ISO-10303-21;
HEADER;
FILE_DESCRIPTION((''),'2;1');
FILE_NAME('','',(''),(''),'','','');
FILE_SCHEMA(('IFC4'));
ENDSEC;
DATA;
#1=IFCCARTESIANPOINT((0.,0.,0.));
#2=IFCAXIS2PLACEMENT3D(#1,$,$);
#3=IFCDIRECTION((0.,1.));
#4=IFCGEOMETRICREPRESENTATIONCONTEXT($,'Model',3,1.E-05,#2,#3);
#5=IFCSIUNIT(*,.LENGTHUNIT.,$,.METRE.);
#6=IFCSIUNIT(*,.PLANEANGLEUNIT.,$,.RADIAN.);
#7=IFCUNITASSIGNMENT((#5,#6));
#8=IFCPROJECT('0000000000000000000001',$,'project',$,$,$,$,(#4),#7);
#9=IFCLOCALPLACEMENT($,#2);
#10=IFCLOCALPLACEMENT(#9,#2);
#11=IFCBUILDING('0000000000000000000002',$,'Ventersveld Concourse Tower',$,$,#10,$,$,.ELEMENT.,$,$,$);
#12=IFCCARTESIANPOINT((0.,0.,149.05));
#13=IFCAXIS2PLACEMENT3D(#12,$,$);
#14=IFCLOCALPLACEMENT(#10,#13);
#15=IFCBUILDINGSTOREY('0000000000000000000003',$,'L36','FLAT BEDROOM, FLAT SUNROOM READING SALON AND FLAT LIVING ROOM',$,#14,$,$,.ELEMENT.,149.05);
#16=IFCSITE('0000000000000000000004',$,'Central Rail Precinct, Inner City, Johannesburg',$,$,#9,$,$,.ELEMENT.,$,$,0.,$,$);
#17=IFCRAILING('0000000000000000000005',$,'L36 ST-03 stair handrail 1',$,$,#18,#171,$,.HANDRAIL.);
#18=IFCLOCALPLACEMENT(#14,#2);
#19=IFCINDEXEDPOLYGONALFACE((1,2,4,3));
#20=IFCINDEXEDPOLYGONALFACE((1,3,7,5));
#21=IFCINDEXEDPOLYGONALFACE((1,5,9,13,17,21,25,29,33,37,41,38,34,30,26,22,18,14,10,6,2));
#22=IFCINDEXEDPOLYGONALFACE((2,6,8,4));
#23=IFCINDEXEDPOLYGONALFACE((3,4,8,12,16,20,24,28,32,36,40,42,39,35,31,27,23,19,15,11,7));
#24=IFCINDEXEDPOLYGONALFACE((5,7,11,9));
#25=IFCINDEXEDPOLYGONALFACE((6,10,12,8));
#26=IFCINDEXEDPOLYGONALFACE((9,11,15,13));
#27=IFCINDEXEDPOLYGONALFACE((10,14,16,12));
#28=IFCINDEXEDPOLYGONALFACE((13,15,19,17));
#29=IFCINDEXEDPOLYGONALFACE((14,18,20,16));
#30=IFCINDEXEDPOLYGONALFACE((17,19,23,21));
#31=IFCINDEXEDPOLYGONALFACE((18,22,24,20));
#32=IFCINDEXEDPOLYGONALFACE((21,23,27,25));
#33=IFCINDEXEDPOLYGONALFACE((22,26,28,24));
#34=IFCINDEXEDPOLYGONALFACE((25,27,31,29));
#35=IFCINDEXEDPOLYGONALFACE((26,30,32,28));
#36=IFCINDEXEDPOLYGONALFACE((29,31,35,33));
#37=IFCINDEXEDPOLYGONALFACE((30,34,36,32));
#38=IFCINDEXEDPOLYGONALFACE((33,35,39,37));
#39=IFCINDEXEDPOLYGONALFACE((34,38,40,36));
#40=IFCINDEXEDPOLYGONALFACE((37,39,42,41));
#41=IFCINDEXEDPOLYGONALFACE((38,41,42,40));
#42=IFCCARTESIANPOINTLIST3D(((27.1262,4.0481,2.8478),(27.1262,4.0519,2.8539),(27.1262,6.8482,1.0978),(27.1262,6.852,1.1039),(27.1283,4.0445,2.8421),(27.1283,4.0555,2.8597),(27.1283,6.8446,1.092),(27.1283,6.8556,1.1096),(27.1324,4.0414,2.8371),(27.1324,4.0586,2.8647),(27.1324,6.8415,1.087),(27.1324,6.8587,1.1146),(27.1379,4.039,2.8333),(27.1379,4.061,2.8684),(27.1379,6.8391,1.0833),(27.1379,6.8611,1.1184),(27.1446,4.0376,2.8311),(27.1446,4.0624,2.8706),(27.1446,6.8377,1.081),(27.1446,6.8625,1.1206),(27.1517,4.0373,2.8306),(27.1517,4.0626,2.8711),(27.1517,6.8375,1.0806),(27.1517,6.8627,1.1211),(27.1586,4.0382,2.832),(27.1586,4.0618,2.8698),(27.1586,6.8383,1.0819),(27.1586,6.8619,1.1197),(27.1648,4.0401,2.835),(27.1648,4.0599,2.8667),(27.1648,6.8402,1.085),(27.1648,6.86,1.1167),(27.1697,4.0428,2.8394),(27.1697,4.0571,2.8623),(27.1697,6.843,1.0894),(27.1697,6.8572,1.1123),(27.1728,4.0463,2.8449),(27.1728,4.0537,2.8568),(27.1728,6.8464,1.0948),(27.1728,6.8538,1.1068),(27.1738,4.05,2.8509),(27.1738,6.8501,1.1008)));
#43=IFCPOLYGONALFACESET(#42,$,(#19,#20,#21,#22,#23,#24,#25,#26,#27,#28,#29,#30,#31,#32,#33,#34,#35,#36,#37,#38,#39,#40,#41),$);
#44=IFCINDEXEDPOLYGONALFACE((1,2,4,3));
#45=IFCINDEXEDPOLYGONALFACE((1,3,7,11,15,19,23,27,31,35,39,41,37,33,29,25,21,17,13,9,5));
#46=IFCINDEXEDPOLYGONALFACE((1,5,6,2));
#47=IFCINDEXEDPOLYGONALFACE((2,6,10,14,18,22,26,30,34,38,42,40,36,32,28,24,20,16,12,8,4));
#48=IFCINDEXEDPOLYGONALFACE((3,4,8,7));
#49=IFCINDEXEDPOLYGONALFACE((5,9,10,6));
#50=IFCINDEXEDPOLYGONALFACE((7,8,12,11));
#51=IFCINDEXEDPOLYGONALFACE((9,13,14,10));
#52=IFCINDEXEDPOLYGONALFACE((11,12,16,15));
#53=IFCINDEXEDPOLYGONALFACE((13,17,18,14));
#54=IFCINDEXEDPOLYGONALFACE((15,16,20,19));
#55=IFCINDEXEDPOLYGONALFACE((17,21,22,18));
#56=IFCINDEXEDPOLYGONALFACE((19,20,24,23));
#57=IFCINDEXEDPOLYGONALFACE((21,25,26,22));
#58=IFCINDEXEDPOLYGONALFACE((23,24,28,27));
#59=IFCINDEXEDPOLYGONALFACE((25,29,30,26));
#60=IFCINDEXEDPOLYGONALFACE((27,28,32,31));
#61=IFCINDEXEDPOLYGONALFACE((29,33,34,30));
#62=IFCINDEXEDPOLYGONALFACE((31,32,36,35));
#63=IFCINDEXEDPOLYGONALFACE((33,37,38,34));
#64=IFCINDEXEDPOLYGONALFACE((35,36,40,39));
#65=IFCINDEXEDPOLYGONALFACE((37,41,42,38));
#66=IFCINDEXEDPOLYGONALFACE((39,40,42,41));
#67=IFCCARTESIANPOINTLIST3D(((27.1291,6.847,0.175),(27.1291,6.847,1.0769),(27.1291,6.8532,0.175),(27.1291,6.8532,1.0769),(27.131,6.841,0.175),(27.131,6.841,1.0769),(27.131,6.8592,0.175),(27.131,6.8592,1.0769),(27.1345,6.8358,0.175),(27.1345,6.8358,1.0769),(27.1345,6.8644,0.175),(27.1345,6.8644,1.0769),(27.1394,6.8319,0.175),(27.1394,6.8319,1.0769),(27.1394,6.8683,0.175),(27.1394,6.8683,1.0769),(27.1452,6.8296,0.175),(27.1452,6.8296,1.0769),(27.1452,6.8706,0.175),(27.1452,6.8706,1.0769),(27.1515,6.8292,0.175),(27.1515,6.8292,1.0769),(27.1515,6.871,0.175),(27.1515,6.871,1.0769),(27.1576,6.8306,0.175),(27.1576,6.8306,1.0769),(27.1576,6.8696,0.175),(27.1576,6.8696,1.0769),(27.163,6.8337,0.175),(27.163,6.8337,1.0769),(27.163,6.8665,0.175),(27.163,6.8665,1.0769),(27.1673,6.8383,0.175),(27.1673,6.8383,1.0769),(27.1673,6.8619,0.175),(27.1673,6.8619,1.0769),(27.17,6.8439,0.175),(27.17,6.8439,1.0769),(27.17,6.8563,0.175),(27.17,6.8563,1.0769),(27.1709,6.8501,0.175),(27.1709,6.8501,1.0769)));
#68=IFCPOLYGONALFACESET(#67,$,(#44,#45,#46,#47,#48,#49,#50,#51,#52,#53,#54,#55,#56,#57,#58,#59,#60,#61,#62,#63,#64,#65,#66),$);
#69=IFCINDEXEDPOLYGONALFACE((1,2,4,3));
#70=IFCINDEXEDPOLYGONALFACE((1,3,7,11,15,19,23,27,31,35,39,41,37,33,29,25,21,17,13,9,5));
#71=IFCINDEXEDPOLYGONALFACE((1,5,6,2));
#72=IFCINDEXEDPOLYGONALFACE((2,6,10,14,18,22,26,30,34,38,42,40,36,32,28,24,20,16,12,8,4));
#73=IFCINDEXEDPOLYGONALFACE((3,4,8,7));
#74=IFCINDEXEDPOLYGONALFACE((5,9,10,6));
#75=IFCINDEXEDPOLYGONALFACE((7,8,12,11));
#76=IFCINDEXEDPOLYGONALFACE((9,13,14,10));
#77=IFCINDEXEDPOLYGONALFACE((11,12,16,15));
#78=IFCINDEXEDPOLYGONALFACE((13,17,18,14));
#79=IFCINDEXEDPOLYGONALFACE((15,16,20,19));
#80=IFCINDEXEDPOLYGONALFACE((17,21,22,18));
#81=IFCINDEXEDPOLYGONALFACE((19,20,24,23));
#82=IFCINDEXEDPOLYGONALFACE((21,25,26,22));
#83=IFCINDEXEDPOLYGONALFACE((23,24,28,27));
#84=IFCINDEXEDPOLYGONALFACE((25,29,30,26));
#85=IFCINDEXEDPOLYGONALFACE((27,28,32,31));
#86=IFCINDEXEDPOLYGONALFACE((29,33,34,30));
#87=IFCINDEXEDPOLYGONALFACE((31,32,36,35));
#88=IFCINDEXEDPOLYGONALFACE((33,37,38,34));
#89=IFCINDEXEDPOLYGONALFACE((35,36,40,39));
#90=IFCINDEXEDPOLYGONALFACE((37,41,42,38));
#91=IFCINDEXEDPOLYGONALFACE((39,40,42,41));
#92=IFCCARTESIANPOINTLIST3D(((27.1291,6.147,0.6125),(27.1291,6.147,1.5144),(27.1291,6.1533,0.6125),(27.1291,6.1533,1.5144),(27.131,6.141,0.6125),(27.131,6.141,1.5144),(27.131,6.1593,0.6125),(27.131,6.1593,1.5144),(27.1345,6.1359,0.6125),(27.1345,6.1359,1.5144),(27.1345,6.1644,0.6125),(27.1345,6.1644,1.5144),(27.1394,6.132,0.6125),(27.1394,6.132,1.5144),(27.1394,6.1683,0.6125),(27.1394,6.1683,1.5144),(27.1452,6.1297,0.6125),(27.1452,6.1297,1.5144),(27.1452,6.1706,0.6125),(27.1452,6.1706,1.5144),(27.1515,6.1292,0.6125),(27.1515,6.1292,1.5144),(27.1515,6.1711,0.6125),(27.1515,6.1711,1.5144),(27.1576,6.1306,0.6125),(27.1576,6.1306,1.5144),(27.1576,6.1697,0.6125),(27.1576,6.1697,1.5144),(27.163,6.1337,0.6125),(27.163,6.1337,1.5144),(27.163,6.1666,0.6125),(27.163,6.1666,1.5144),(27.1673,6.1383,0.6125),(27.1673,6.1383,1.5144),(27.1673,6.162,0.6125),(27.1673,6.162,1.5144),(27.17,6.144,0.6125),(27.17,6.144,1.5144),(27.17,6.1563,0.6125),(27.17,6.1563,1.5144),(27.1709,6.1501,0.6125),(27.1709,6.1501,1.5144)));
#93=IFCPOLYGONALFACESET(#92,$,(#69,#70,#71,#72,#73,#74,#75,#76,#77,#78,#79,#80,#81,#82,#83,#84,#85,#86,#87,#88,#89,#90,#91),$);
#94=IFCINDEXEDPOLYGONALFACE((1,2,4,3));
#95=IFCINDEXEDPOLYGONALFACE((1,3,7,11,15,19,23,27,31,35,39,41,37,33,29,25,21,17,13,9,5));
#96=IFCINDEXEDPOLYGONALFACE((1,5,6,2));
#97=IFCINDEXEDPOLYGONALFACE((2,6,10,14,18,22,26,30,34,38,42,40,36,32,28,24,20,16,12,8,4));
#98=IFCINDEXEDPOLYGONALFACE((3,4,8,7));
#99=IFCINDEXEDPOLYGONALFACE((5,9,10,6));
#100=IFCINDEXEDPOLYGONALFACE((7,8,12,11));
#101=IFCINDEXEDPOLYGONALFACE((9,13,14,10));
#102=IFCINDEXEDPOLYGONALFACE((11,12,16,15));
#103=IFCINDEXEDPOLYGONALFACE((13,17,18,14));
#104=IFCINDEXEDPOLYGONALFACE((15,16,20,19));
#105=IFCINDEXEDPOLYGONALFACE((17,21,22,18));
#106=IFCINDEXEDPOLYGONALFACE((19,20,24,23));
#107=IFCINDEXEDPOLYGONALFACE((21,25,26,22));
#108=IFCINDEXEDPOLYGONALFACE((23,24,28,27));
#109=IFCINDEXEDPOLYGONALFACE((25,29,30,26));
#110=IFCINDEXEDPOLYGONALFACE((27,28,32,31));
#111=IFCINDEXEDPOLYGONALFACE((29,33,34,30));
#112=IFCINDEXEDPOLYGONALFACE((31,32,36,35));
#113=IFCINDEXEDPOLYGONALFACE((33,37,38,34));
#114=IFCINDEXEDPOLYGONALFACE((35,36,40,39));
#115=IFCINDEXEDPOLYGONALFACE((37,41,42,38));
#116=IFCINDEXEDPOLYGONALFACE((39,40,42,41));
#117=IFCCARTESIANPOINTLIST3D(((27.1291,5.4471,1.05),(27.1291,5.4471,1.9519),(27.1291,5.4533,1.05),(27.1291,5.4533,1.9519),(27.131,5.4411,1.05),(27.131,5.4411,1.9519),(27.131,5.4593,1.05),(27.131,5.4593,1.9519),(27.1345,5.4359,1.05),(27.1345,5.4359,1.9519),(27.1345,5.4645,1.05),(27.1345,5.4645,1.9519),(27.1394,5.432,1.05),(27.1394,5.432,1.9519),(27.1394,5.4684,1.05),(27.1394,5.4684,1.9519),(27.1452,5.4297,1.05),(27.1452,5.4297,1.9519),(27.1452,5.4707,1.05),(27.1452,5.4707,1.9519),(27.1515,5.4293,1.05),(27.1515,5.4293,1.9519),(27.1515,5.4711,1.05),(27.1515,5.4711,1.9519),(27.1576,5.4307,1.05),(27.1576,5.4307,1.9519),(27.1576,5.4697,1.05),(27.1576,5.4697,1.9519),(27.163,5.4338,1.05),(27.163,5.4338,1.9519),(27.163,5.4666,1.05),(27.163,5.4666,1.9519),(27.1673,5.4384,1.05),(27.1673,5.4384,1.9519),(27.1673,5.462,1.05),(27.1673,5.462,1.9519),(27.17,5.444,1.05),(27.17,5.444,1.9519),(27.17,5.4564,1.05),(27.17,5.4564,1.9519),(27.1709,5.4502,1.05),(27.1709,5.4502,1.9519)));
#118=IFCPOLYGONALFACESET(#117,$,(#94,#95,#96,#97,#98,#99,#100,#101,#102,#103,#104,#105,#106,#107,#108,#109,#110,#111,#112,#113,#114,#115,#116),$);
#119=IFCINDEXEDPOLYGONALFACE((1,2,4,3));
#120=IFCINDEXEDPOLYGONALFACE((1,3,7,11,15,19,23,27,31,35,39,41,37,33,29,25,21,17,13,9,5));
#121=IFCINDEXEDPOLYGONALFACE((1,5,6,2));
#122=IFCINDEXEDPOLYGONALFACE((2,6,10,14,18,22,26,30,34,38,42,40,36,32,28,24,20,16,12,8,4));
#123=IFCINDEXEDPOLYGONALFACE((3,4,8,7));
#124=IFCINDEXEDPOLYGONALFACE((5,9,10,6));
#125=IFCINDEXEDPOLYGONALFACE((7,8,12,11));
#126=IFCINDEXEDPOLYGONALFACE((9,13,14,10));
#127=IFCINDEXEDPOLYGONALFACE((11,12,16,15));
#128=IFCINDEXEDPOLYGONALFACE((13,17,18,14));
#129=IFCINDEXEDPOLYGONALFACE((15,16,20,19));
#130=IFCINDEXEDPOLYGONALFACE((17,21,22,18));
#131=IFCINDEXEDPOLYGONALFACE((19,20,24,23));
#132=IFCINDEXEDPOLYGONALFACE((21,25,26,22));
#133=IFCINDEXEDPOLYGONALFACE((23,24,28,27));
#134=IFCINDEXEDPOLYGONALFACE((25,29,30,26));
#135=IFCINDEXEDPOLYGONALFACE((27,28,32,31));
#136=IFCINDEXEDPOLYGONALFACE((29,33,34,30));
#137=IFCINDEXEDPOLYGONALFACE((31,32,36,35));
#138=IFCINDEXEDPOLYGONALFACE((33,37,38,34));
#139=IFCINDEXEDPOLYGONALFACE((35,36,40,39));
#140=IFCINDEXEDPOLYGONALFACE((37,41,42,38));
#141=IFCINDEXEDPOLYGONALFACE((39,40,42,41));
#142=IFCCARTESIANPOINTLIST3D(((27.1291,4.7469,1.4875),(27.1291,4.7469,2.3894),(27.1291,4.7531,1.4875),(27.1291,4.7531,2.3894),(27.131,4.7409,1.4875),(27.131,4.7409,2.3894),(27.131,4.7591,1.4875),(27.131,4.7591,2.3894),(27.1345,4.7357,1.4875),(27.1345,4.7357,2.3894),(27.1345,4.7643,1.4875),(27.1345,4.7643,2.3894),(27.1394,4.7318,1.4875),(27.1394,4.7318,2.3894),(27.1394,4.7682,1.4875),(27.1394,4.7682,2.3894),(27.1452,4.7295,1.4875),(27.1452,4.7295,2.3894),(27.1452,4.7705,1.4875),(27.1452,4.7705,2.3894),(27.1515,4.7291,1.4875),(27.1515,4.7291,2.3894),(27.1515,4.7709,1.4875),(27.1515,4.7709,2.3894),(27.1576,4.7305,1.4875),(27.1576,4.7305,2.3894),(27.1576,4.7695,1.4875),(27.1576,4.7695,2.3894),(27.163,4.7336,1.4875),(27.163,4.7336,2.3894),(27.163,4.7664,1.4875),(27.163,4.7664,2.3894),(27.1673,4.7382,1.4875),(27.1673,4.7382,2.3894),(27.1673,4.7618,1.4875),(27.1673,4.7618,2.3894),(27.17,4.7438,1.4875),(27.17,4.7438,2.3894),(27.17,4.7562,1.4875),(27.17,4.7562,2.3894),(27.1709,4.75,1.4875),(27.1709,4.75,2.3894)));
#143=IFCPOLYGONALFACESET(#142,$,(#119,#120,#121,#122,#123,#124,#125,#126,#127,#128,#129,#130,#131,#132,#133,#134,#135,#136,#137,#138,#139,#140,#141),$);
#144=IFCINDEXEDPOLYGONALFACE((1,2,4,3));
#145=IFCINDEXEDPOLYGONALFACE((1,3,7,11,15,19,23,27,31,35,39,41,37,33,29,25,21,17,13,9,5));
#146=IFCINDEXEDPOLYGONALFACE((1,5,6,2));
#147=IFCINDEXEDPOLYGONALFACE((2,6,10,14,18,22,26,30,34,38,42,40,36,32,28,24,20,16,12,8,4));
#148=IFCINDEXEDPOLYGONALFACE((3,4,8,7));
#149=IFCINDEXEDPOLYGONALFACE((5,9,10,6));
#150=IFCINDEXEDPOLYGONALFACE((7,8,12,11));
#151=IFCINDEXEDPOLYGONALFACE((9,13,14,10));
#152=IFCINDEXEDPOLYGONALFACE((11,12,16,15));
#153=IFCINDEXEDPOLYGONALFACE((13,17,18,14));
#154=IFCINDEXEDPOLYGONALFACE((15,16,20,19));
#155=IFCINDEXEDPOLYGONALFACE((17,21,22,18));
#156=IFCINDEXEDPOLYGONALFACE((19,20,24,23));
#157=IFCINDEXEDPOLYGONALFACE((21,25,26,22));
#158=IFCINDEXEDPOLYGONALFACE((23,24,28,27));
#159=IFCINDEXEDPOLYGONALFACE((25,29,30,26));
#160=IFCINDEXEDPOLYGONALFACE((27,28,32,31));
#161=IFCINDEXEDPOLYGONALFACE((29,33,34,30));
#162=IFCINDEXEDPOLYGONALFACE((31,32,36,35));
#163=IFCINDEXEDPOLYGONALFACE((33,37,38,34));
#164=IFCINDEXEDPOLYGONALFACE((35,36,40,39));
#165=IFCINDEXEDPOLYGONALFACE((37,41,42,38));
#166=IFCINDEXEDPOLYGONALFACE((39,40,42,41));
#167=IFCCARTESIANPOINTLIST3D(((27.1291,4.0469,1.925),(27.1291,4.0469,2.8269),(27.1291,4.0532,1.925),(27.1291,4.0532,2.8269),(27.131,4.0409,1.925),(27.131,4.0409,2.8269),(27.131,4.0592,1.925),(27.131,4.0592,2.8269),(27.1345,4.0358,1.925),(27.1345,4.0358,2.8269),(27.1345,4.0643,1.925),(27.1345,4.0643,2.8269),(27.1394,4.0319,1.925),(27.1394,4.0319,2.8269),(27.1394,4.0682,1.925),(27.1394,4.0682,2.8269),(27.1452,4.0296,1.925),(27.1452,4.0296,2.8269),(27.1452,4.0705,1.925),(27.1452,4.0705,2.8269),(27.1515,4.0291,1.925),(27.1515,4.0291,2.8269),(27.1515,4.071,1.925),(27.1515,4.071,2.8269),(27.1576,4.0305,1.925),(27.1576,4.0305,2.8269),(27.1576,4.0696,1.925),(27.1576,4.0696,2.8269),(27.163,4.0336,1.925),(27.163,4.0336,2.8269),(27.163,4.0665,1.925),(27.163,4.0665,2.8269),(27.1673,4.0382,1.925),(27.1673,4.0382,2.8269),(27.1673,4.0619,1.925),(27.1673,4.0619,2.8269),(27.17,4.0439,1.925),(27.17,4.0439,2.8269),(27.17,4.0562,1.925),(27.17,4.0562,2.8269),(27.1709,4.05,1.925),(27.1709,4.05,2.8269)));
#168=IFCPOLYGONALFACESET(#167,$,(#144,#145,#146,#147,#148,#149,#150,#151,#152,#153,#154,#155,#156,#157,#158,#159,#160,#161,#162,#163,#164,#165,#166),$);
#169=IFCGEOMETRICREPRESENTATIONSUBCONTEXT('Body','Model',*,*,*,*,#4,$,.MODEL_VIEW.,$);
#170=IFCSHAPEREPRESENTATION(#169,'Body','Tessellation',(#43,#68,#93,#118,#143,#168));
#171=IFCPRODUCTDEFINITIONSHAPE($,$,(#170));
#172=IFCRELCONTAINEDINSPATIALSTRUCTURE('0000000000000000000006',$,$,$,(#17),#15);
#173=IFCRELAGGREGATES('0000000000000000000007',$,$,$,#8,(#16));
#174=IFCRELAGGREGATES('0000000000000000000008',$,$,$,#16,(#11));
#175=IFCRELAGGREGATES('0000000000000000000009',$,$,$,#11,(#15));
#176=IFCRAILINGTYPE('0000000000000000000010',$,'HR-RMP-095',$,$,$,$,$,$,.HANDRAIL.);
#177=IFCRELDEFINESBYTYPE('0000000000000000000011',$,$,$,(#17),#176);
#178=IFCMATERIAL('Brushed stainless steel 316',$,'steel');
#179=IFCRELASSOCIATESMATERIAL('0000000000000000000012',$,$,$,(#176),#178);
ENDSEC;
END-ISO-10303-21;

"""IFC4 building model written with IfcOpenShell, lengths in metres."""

from ifc_helpers import new_model, si_unit, direction, frame, origin, origin_2d, place, context, subcontext, project, spatial, circle, extrude, material, type_object, element, save


model = new_model("IFC4")

# Units and contexts
model_context = context("Model", 3, precision=1e-05, world=origin(), true_north=direction((0.0, 1.0)))
body_context = subcontext(model_context, "Body", "Model", "MODEL_VIEW")
ifc_project = project(units=[si_unit("LENGTHUNIT", "METRE"), si_unit("PLANEANGLEUNIT", "RADIAN")], contexts=[model_context])

# Site, building, storey
site_placement = place(None, origin())
site = spatial("IfcSite", under=ifc_project, at=site_placement, Name="Central Rail Precinct, Inner City, Johannesburg", CompositionType="ELEMENT", RefElevation=0.0)
building_placement = place(site_placement, origin())
building = spatial("IfcBuilding", under=site, at=building_placement, Name="Ventersveld Concourse Tower", CompositionType="ELEMENT")
storey_placement = place(building_placement, frame((0.0, 0.0, 149.05)))
storey = spatial("IfcBuildingStorey", under=building, at=storey_placement, Name="L36", Description="FLAT BEDROOM, FLAT SUNROOM READING SALON AND FLAT LIVING ROOM", CompositionType="ELEMENT", Elevation=149.05)

# Shared definitions
ifc_material_1 = material(Name="Brushed stainless steel 316", Category="steel")

# Railing
railing_type_1 = type_object("IfcRailingType", Name="HR-RMP-095", PredefinedType="HANDRAIL", material=ifc_material_1)
railing_1_placement = place(storey_placement, frame((27.1499, 6.8501, 0.175)))
element("IfcRailing", 1, at=railing_1_placement, inside=storey, type_object=railing_type_1, Name="L36 ST-03 stair handrail 1", PredefinedType="HANDRAIL", context=body_context, shape_type="SweptSolid", body=[
    extrude(circle(Radius=0.0239, at=origin_2d()), frame((0.0, 0.0, 0.9258), z_axis=(0.0, -0.848002, 0.529992), x_axis=(1.0, 0.0, 0.0)), (0.0, 0.0, 1.0), 3.302),
    extrude(circle(Radius=0.021, at=origin_2d()), origin(), (0.0, 0.0, 1.0), 0.9019),
    extrude(circle(Radius=0.021, at=origin_2d()), frame((0.0, -0.7, 0.4375)), (0.0, 0.0, 1.0), 0.9019),
    extrude(circle(Radius=0.021, at=origin_2d()), frame((0.0, -1.3999, 0.875)), (0.0, 0.0, 1.0), 0.9019),
    extrude(circle(Radius=0.021, at=origin_2d()), frame((0.0, -2.1001, 1.3125)), (0.0, 0.0, 1.0), 0.9019),
    extrude(circle(Radius=0.021, at=origin_2d()), frame((0.0, -2.8, 1.75)), (0.0, 0.0, 1.0), 0.9019),
])

save(model, "model.ifc")
